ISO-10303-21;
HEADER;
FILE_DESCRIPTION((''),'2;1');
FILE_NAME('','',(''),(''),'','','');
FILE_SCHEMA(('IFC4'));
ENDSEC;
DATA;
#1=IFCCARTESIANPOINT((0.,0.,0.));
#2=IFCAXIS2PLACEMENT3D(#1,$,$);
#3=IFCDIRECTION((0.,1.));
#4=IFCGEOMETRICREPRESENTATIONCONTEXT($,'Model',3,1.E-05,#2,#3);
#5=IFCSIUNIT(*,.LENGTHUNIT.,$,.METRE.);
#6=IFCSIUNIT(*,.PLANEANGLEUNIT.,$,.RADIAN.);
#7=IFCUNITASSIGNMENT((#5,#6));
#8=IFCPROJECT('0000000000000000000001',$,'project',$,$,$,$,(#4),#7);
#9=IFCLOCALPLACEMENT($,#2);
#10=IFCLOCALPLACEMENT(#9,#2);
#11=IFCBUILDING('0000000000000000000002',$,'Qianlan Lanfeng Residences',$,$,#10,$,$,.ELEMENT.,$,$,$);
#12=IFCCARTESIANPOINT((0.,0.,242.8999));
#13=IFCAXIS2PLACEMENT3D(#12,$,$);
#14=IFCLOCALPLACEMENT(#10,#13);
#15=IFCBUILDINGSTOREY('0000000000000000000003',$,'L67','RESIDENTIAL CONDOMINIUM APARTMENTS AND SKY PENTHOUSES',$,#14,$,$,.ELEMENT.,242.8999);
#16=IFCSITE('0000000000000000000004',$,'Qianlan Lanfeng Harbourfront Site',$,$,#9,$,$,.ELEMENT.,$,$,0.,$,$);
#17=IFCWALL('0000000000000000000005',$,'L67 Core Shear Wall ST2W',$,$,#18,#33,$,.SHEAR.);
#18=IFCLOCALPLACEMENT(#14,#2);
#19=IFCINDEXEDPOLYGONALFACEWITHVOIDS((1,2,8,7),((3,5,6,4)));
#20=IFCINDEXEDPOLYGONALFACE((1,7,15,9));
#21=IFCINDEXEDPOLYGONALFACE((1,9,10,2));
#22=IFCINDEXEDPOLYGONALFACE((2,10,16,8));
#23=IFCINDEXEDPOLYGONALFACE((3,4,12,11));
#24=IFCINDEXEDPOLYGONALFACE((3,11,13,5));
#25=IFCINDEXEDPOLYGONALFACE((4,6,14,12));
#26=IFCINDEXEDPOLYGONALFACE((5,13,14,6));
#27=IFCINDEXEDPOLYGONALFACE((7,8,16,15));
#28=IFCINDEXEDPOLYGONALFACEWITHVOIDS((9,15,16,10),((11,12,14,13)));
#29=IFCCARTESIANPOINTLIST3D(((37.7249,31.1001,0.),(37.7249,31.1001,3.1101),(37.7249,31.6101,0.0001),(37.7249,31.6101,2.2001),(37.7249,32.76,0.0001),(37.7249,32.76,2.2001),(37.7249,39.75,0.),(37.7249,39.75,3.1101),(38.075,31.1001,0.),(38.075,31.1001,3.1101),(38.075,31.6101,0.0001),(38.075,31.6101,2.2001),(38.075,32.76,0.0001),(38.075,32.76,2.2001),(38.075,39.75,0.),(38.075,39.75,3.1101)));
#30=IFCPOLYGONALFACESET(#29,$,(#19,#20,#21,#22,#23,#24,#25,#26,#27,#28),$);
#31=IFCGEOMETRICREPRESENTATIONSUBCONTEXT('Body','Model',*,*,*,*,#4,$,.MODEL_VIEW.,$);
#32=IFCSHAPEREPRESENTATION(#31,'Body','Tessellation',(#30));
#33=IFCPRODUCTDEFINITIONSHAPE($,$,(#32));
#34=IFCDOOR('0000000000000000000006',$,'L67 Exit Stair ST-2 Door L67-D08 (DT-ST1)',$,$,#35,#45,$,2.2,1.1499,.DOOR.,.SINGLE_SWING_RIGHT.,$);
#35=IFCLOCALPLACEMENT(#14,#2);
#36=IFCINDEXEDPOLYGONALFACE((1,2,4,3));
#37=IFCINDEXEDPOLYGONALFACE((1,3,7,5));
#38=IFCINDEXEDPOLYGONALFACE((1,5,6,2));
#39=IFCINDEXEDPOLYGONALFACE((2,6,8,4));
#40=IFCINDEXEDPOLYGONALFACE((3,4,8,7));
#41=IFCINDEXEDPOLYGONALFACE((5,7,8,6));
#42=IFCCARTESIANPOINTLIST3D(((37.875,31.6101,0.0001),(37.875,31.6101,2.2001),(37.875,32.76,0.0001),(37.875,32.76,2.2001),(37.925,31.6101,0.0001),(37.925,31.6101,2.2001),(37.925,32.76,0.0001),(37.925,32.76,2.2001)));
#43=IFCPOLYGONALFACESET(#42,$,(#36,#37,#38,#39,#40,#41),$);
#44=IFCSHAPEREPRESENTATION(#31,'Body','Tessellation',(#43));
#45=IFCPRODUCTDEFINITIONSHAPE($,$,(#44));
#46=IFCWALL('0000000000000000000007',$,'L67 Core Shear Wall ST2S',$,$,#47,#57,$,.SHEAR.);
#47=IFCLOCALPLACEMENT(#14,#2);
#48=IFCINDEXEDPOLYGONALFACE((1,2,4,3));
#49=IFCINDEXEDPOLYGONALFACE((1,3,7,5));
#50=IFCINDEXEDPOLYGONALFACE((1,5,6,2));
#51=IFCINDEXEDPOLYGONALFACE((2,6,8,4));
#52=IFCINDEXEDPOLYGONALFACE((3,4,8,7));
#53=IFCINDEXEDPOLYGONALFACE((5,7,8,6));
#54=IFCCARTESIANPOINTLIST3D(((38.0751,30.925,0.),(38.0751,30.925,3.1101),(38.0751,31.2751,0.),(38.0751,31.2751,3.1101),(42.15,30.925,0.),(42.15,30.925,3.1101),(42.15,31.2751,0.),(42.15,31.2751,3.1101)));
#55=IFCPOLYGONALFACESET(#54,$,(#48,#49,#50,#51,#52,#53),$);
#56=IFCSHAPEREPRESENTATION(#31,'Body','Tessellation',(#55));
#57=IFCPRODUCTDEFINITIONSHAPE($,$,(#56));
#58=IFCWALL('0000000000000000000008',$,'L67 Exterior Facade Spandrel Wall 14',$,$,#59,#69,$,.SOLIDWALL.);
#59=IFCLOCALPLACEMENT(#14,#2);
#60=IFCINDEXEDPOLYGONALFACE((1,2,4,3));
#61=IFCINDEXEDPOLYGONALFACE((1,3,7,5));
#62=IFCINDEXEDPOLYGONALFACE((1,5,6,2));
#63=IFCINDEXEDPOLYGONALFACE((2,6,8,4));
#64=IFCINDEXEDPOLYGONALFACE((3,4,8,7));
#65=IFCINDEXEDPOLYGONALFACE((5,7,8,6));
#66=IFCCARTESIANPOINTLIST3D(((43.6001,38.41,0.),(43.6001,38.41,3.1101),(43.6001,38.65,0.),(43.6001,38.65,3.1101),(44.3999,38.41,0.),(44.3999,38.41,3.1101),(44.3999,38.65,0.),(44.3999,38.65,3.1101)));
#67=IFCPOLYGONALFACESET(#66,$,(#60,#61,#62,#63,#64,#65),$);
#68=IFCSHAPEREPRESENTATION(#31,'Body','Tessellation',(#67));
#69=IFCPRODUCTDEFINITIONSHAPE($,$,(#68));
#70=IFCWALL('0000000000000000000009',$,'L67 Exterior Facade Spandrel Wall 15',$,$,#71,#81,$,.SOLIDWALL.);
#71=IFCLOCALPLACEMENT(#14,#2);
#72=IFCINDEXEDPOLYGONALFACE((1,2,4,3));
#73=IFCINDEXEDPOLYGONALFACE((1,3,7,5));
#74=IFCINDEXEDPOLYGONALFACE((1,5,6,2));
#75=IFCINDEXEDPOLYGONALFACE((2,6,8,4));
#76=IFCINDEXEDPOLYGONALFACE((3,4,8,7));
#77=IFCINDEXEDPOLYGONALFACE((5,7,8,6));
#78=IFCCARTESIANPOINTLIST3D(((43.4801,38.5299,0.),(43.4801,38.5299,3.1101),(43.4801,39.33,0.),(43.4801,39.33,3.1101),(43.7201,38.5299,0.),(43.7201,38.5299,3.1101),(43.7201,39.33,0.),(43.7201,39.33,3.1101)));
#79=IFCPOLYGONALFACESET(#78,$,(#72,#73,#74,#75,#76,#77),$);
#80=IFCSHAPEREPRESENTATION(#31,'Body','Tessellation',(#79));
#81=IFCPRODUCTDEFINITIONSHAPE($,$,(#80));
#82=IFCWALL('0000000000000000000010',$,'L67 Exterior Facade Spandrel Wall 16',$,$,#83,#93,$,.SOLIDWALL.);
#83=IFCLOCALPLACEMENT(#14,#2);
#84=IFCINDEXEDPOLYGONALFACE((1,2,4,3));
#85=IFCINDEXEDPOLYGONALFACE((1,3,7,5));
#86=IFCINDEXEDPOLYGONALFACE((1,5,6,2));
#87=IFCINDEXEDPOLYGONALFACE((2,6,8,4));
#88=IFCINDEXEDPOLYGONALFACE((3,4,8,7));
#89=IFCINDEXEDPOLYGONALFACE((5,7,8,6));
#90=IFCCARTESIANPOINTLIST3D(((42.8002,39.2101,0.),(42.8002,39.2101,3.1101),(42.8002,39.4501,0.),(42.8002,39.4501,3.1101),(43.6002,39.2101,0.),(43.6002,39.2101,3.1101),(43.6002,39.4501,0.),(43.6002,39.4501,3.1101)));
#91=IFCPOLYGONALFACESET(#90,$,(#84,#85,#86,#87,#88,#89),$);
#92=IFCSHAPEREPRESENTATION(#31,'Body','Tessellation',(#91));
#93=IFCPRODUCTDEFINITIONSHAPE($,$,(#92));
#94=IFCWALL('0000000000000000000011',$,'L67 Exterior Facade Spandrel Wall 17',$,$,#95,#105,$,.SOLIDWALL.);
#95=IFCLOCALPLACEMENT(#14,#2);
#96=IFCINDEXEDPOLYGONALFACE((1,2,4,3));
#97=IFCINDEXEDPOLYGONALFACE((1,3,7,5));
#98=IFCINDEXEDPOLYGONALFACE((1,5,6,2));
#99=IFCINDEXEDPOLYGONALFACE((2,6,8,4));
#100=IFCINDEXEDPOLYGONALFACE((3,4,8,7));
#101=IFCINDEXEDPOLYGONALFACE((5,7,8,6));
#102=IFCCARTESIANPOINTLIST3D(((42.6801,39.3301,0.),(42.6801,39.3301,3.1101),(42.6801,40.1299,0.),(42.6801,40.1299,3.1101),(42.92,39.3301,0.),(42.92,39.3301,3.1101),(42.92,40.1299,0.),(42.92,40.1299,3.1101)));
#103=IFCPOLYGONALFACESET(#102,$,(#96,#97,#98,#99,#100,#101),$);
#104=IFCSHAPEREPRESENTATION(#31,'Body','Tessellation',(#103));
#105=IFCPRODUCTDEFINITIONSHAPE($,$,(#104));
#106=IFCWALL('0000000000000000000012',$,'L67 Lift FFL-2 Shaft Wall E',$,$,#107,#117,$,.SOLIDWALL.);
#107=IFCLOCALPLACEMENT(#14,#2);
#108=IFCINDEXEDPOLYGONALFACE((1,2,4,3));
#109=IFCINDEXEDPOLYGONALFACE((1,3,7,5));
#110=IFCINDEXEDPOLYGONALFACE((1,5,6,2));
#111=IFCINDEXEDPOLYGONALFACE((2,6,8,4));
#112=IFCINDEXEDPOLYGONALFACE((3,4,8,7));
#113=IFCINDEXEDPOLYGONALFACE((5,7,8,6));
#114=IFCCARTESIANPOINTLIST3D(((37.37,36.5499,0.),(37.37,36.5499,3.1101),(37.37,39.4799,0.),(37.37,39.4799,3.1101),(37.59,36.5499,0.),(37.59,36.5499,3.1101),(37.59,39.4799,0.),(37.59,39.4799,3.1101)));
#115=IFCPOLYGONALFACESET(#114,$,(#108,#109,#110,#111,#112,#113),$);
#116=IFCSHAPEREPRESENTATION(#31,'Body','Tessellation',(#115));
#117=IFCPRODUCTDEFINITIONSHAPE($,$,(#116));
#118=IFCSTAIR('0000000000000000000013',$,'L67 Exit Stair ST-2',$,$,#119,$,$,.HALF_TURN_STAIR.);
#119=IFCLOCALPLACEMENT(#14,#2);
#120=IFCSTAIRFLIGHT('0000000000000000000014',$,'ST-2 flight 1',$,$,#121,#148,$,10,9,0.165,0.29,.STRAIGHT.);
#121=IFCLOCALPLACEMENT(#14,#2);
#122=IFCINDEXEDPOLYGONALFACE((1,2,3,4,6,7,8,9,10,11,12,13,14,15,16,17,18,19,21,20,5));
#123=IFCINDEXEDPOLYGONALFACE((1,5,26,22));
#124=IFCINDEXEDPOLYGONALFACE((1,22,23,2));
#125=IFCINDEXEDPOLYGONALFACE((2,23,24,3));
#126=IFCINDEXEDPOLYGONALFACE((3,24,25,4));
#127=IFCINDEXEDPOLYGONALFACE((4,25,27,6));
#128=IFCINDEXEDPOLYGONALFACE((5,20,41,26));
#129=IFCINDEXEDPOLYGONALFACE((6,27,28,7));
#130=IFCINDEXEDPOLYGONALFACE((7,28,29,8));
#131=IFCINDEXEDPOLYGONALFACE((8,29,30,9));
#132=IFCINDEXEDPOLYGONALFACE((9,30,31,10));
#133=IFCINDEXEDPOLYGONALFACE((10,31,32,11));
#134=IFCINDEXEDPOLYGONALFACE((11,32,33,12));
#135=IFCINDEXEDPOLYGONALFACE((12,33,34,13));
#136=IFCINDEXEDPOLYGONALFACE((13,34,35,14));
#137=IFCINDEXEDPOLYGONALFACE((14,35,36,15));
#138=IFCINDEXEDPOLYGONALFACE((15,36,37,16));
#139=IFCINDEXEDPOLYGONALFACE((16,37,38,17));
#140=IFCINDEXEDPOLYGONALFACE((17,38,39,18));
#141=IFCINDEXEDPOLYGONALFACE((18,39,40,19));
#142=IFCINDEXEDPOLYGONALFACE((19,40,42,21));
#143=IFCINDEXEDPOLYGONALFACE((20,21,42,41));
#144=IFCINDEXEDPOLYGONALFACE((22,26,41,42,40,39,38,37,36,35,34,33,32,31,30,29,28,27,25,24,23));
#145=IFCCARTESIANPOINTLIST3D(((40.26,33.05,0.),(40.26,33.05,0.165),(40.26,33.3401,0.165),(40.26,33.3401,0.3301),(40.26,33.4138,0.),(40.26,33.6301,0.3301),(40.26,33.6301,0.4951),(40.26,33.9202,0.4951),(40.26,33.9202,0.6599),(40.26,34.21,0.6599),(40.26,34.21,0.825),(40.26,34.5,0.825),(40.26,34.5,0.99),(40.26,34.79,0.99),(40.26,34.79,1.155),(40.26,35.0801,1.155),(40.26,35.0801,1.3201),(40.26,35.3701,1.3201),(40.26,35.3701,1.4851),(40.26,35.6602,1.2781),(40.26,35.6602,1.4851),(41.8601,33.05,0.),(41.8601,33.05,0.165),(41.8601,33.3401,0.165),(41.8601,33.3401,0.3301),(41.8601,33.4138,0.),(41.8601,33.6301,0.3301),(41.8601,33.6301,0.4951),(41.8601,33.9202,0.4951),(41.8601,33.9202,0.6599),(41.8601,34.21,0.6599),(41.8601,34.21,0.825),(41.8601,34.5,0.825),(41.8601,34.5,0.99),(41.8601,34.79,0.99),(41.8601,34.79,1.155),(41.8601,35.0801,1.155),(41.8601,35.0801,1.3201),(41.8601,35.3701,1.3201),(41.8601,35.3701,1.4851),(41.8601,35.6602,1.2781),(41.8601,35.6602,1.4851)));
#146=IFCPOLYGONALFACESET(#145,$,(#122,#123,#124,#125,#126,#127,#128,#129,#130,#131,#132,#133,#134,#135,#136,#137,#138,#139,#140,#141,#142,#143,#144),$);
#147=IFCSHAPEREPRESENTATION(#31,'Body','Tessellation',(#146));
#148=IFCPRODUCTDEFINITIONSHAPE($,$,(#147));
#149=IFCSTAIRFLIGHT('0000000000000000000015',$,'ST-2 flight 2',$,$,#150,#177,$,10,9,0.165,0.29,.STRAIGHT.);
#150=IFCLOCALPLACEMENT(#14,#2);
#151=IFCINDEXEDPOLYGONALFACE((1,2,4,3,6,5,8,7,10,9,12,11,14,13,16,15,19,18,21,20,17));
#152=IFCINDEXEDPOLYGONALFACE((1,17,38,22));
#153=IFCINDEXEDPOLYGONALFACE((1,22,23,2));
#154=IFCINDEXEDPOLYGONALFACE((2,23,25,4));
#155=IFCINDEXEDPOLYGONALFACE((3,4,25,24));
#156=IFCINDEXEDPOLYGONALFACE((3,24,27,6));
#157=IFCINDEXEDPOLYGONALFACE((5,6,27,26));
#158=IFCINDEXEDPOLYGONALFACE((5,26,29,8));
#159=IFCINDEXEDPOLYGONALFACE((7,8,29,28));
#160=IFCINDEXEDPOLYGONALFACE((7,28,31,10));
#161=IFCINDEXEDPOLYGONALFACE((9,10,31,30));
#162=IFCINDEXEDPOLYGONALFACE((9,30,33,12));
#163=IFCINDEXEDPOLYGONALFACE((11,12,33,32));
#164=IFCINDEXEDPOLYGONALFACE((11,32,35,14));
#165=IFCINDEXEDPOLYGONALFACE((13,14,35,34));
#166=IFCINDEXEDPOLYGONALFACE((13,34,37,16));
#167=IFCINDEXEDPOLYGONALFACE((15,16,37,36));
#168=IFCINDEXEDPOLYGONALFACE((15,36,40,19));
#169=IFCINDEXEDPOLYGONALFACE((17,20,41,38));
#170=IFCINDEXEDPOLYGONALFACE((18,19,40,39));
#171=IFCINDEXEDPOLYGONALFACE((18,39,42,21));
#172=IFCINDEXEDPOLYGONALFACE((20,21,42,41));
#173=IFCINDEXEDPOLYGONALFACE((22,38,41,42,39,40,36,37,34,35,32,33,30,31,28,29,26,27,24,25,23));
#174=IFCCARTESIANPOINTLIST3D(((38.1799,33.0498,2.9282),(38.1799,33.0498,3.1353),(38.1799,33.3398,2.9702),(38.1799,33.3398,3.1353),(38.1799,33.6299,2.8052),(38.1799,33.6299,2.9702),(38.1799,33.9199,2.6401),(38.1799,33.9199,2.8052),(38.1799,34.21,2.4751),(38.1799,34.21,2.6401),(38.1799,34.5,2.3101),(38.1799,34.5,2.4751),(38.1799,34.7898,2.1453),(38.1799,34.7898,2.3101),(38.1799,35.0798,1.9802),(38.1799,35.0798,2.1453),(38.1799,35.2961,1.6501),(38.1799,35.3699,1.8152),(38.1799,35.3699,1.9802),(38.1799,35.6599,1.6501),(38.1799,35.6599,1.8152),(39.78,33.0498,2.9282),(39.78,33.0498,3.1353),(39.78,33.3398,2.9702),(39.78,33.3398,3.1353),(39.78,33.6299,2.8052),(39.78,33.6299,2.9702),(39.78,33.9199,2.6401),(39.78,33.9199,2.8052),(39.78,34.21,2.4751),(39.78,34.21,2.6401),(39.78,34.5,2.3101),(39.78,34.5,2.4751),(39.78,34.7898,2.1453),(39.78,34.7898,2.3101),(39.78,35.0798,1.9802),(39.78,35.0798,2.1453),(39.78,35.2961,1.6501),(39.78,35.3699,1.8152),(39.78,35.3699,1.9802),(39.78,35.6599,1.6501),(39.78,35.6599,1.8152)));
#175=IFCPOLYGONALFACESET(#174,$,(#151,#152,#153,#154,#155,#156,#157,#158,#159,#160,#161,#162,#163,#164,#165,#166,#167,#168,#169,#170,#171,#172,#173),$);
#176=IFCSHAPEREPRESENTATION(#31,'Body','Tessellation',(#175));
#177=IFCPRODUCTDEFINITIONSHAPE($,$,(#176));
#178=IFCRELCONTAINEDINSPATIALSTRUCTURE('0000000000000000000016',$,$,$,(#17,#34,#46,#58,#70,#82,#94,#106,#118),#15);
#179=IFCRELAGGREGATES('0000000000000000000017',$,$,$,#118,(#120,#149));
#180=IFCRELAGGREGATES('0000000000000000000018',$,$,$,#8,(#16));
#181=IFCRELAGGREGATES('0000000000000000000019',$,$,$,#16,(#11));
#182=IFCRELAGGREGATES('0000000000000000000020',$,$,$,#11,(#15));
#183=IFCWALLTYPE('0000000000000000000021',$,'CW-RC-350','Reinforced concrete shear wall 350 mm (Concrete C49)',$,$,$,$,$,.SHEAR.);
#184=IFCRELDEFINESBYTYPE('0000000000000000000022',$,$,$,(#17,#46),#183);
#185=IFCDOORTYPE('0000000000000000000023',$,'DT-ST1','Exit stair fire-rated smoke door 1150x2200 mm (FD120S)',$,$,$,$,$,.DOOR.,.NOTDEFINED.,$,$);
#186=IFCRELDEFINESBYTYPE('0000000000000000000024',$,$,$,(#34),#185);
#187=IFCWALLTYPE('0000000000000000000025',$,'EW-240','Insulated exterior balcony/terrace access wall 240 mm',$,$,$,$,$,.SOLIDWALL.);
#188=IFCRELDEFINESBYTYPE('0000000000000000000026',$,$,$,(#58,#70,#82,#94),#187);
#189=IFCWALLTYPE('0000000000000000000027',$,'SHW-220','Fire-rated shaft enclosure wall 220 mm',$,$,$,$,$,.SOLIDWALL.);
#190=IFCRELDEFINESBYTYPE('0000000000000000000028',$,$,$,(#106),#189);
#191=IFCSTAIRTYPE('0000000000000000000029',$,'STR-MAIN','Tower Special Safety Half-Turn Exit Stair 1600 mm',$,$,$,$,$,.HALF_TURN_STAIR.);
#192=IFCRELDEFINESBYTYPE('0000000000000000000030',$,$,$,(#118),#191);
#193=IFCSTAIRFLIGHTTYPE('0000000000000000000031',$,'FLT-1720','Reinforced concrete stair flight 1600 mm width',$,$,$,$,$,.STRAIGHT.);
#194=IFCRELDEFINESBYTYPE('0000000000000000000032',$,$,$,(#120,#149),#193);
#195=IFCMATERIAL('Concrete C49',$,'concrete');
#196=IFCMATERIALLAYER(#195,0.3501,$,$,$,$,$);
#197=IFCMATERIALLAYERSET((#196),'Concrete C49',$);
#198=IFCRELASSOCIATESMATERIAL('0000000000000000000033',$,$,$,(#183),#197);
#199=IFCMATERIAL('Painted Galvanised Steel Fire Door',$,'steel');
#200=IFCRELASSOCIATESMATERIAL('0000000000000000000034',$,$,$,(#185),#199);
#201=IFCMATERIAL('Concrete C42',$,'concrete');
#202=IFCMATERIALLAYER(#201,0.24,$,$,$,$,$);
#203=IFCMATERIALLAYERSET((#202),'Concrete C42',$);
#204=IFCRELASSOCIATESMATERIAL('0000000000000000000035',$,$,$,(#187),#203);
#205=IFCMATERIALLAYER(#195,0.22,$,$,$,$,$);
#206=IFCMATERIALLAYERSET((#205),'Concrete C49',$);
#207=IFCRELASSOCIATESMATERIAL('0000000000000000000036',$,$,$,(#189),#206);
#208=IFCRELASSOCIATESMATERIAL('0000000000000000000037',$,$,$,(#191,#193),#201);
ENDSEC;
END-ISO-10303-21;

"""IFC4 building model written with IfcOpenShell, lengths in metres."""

from ifc_helpers import new_model, si_unit, direction, frame, frame_2d, origin, place, context, subcontext, project, spatial, polyline, rectangle, outline, extrude, material, layer, layer_set, type_object, element, fill, aggregate, save


model = new_model("IFC4")

# Units and contexts
model_context = context("Model", 3, precision=1e-05, world=origin(), true_north=direction((0.0, 1.0)))
body_context = subcontext(model_context, "Body", "Model", "MODEL_VIEW")
ifc_project = project(units=[si_unit("LENGTHUNIT", "METRE"), si_unit("PLANEANGLEUNIT", "RADIAN")], contexts=[model_context])

# Site, building, storey
site_placement = place(None, origin())
site = spatial("IfcSite", under=ifc_project, at=site_placement, Name="Qianlan Lanfeng Harbourfront Site", CompositionType="ELEMENT", RefElevation=0.0)
building_placement = place(site_placement, origin())
building = spatial("IfcBuilding", under=site, at=building_placement, Name="Qianlan Lanfeng Residences", CompositionType="ELEMENT")
storey_placement = place(building_placement, frame((0.0, 0.0, 242.8999)))
storey = spatial("IfcBuildingStorey", under=building, at=storey_placement, Name="L67", Description="RESIDENTIAL CONDOMINIUM APARTMENTS AND SKY PENTHOUSES", CompositionType="ELEMENT", Elevation=242.8999)

# Wall, opening, door
ifc_material_1 = material(Name="Concrete C49", Category="concrete")
ifc_layer_1 = layer(ifc_material_1, 0.3501)
ifc_layer_set_1 = layer_set([ifc_layer_1], Name="Concrete C49")
wall_type_1 = type_object("IfcWallType", Name="CW-RC-350", Description="Reinforced concrete shear wall 350 mm (Concrete C49)", PredefinedType="SHEAR", material=ifc_layer_set_1)
wall_1_placement = place(storey_placement, frame((37.8999, 31.1001, 0.0), z_axis=(0.0, 0.0, 1.0), x_axis=(0.0, 1.0, 0.0)))
wall_1 = element("IfcWall", 1, at=wall_1_placement, inside=storey, type_object=wall_type_1, Name="L67 Core Shear Wall ST2W", PredefinedType="SHEAR", context=body_context, shape_type="SweptSolid", body=[
    extrude(rectangle(XDim=8.6499, YDim=0.3501, at=frame_2d((4.325, 0.0))), origin(), (0.0, 0.0, 1.0), 3.1101),
])
opening_placement = place(wall_1_placement, frame((0.51, 0.0, 0.0)))
opening = element("IfcOpeningElement", 2, at=opening_placement, cuts=wall_1, PredefinedType="OPENING", context=body_context, shape_type="SweptSolid", body=[
    extrude(rectangle(XDim=1.1499, YDim=2.2, at=frame_2d((0.575, 1.1001))), frame((0.0, 0.1851, 0.0), z_axis=(0.0, -1.0, 0.0), x_axis=(1.0, 0.0, 0.0)), (0.0, 0.0, 1.0), 0.3701),
])
ifc_material_2 = material(Name="Painted Galvanised Steel Fire Door", Category="steel")
door_type = type_object("IfcDoorType", Name="DT-ST1", Description="Exit stair fire-rated smoke door 1150x2200 mm (FD120S)", OperationType="NOTDEFINED", PredefinedType="DOOR", material=ifc_material_2)
door_placement = place(opening_placement, origin())
door = element("IfcDoor", 3, at=door_placement, inside=storey, type_object=door_type, Name="L67 Exit Stair ST-2 Door L67-D08 (DT-ST1)", OperationType="SINGLE_SWING_RIGHT", OverallHeight=2.2, OverallWidth=1.1499, PredefinedType="DOOR", context=body_context, shape_type="SweptSolid", body=[
    extrude(rectangle(XDim=1.1499, YDim=2.2, at=frame_2d((0.575, 1.1001))), frame((0.0, 0.0249, 0.0), z_axis=(0.0, -1.0, 0.0), x_axis=(1.0, 0.0, 0.0)), (0.0, 0.0, 1.0), 0.05),
])
fill(opening, door)

# Walls
wall_2_placement = place(storey_placement, frame((38.075, 31.1001, 0.0), z_axis=(0.0, 0.0, 1.0), x_axis=(1.0, 0.0, 0.0)))
element("IfcWall", 4, at=wall_2_placement, inside=storey, type_object=wall_type_1, Name="L67 Core Shear Wall ST2S", PredefinedType="SHEAR", context=body_context, shape_type="SweptSolid", body=[
    extrude(rectangle(XDim=4.075, YDim=0.3501, at=frame_2d((2.0376, 0.0))), origin(), (0.0, 0.0, 1.0), 3.1101),
])
ifc_material_3 = material(Name="Concrete C42", Category="concrete")
ifc_layer_2 = layer(ifc_material_3, 0.24)
ifc_layer_set_2 = layer_set([ifc_layer_2], Name="Concrete C42")
wall_type_2 = type_object("IfcWallType", Name="EW-240", Description="Insulated exterior balcony/terrace access wall 240 mm", PredefinedType="SOLIDWALL", material=ifc_layer_set_2)
wall_3_placement = place(storey_placement, frame((44.3999, 38.53, 0.0), z_axis=(0.0, 0.0, 1.0), x_axis=(-1.0, 0.0, 0.0)))
element("IfcWall", 5, at=wall_3_placement, inside=storey, type_object=wall_type_2, Name="L67 Exterior Facade Spandrel Wall 14", PredefinedType="SOLIDWALL", context=body_context, shape_type="SweptSolid", body=[
    extrude(rectangle(XDim=0.7998, YDim=0.24, at=frame_2d((0.3999, 0.0))), origin(), (0.0, 0.0, 1.0), 3.1101),
])
for number, where, z_axis, x_axis, name in (
    (6, (43.6001, 38.53, 0.0), (0.0, 0.0, 1.0), (0.0, 1.0, 0.0), "L67 Exterior Facade Spandrel Wall 15"),
    (7, (43.6001, 39.3301, 0.0), (0.0, 0.0, 1.0), (-1.0, 0.0, 0.0), "L67 Exterior Facade Spandrel Wall 16"),
):
    element("IfcWall", number, at=place(storey_placement, frame(where, z_axis=z_axis, x_axis=x_axis)), inside=storey, type_object=wall_type_2, Name=name, PredefinedType="SOLIDWALL", context=body_context, shape_type="SweptSolid", body=[
        extrude(rectangle(XDim=0.8, YDim=0.24, at=frame_2d((0.3999, 0.0))), origin(), (0.0, 0.0, 1.0), 3.1101),
    ])
wall_4_placement = place(storey_placement, frame((42.8, 39.3301, 0.0), z_axis=(0.0, 0.0, 1.0), x_axis=(0.0, 1.0, 0.0)))
element("IfcWall", 8, at=wall_4_placement, inside=storey, type_object=wall_type_2, Name="L67 Exterior Facade Spandrel Wall 17", PredefinedType="SOLIDWALL", context=body_context, shape_type="SweptSolid", body=[
    extrude(rectangle(XDim=0.7998, YDim=0.24, at=frame_2d((0.3999, 0.0))), origin(), (0.0, 0.0, 1.0), 3.1101),
])
ifc_layer_3 = layer(ifc_material_1, 0.22)
ifc_layer_set_3 = layer_set([ifc_layer_3], Name="Concrete C49")
wall_type_3 = type_object("IfcWallType", Name="SHW-220", Description="Fire-rated shaft enclosure wall 220 mm", PredefinedType="SOLIDWALL", material=ifc_layer_set_3)
wall_5_placement = place(storey_placement, frame((37.48, 36.55, 0.0), z_axis=(0.0, 0.0, 1.0), x_axis=(0.0, 1.0, 0.0)))
element("IfcWall", 9, at=wall_5_placement, inside=storey, type_object=wall_type_3, Name="L67 Lift FFL-2 Shaft Wall E", PredefinedType="SOLIDWALL", context=body_context, shape_type="SweptSolid", body=[
    extrude(rectangle(XDim=2.9299, YDim=0.22, at=frame_2d((1.4648, 0.0))), origin(), (0.0, 0.0, 1.0), 3.1101),
])

# Stair, stair flights
stair_type = type_object("IfcStairType", Name="STR-MAIN", Description="Tower Special Safety Half-Turn Exit Stair 1600 mm", PredefinedType="HALF_TURN_STAIR", material=ifc_material_3)
stair_placement = place(storey_placement, origin())
stair = element("IfcStair", 10, at=stair_placement, inside=storey, type_object=stair_type, Name="L67 Exit Stair ST-2", PredefinedType="HALF_TURN_STAIR")
stair_flight_type = type_object("IfcStairFlightType", Name="FLT-1720", Description="Reinforced concrete stair flight 1600 mm width", PredefinedType="STRAIGHT", material=ifc_material_3)
stair_flight_1_placement = place(storey_placement, frame((41.0601, 33.05, 0.0), z_axis=(0.0, 0.0, 1.0), x_axis=(0.0, 1.0, 0.0)))
stair_flight_1 = element("IfcStairFlight", 11, at=stair_flight_1_placement, type_object=stair_flight_type, Name="ST-2 flight 1", NumberOfRisers=10, NumberOfTreads=9, PredefinedType="STRAIGHT", RiserHeight=0.165, TreadLength=0.29, context=body_context, shape_type="SweptSolid", body=[
    extrude(outline(polyline([(0.0, 0.0), (0.0, 0.165), (0.29, 0.165), (0.29, 0.3301), (0.5801, 0.3301), (0.5801, 0.4951), (0.8701, 0.4951), (0.8701, 0.6599), (1.1599, 0.6599), (1.1599, 0.825), (1.45, 0.825), (1.45, 0.99), (1.74, 0.99), (1.74, 1.155), (2.03, 1.155), (2.03, 1.3201), (2.3201, 1.3201), (2.3201, 1.4851), (2.6101, 1.4851), (2.6101, 1.6499), (2.6101, 1.2781), (0.3638, 0.0), (0.0, 0.0)])), frame((0.0, 0.8, 0.0), z_axis=(0.0, -1.0, 0.0), x_axis=(1.0, 0.0, 0.0)), (0.0, 0.0, 1.0), 1.6001),
])
stair_flight_2_placement = place(storey_placement, frame((38.98, 35.6599, 1.6501), z_axis=(0.0, 0.0, 1.0), x_axis=(0.0, -1.0, 0.0)))
stair_flight_2 = element("IfcStairFlight", 12, at=stair_flight_2_placement, type_object=stair_flight_type, Name="ST-2 flight 2", NumberOfRisers=10, NumberOfTreads=9, PredefinedType="STRAIGHT", RiserHeight=0.165, TreadLength=0.29, context=body_context, shape_type="SweptSolid", body=[
    extrude(outline(polyline([(0.0, 0.0), (0.0, 0.165), (0.29, 0.165), (0.29, 0.3301), (0.5801, 0.3301), (0.5801, 0.4951), (0.8701, 0.4951), (0.8701, 0.6599), (1.1599, 0.6599), (1.1599, 0.825), (1.45, 0.825), (1.45, 0.99), (1.74, 0.99), (1.74, 1.155), (2.03, 1.155), (2.03, 1.3201), (2.3201, 1.3201), (2.3201, 1.4851), (2.6101, 1.4851), (2.6101, 1.6499), (2.6101, 1.2781), (0.3638, 0.0), (0.0, 0.0)])), frame((0.0, 0.8, 0.0), z_axis=(0.0, -1.0, 0.0), x_axis=(1.0, 0.0, 0.0)), (0.0, 0.0, 1.0), 1.6001),
])
aggregate(stair, [stair_flight_1, stair_flight_2])

save(model, "model.ifc")
